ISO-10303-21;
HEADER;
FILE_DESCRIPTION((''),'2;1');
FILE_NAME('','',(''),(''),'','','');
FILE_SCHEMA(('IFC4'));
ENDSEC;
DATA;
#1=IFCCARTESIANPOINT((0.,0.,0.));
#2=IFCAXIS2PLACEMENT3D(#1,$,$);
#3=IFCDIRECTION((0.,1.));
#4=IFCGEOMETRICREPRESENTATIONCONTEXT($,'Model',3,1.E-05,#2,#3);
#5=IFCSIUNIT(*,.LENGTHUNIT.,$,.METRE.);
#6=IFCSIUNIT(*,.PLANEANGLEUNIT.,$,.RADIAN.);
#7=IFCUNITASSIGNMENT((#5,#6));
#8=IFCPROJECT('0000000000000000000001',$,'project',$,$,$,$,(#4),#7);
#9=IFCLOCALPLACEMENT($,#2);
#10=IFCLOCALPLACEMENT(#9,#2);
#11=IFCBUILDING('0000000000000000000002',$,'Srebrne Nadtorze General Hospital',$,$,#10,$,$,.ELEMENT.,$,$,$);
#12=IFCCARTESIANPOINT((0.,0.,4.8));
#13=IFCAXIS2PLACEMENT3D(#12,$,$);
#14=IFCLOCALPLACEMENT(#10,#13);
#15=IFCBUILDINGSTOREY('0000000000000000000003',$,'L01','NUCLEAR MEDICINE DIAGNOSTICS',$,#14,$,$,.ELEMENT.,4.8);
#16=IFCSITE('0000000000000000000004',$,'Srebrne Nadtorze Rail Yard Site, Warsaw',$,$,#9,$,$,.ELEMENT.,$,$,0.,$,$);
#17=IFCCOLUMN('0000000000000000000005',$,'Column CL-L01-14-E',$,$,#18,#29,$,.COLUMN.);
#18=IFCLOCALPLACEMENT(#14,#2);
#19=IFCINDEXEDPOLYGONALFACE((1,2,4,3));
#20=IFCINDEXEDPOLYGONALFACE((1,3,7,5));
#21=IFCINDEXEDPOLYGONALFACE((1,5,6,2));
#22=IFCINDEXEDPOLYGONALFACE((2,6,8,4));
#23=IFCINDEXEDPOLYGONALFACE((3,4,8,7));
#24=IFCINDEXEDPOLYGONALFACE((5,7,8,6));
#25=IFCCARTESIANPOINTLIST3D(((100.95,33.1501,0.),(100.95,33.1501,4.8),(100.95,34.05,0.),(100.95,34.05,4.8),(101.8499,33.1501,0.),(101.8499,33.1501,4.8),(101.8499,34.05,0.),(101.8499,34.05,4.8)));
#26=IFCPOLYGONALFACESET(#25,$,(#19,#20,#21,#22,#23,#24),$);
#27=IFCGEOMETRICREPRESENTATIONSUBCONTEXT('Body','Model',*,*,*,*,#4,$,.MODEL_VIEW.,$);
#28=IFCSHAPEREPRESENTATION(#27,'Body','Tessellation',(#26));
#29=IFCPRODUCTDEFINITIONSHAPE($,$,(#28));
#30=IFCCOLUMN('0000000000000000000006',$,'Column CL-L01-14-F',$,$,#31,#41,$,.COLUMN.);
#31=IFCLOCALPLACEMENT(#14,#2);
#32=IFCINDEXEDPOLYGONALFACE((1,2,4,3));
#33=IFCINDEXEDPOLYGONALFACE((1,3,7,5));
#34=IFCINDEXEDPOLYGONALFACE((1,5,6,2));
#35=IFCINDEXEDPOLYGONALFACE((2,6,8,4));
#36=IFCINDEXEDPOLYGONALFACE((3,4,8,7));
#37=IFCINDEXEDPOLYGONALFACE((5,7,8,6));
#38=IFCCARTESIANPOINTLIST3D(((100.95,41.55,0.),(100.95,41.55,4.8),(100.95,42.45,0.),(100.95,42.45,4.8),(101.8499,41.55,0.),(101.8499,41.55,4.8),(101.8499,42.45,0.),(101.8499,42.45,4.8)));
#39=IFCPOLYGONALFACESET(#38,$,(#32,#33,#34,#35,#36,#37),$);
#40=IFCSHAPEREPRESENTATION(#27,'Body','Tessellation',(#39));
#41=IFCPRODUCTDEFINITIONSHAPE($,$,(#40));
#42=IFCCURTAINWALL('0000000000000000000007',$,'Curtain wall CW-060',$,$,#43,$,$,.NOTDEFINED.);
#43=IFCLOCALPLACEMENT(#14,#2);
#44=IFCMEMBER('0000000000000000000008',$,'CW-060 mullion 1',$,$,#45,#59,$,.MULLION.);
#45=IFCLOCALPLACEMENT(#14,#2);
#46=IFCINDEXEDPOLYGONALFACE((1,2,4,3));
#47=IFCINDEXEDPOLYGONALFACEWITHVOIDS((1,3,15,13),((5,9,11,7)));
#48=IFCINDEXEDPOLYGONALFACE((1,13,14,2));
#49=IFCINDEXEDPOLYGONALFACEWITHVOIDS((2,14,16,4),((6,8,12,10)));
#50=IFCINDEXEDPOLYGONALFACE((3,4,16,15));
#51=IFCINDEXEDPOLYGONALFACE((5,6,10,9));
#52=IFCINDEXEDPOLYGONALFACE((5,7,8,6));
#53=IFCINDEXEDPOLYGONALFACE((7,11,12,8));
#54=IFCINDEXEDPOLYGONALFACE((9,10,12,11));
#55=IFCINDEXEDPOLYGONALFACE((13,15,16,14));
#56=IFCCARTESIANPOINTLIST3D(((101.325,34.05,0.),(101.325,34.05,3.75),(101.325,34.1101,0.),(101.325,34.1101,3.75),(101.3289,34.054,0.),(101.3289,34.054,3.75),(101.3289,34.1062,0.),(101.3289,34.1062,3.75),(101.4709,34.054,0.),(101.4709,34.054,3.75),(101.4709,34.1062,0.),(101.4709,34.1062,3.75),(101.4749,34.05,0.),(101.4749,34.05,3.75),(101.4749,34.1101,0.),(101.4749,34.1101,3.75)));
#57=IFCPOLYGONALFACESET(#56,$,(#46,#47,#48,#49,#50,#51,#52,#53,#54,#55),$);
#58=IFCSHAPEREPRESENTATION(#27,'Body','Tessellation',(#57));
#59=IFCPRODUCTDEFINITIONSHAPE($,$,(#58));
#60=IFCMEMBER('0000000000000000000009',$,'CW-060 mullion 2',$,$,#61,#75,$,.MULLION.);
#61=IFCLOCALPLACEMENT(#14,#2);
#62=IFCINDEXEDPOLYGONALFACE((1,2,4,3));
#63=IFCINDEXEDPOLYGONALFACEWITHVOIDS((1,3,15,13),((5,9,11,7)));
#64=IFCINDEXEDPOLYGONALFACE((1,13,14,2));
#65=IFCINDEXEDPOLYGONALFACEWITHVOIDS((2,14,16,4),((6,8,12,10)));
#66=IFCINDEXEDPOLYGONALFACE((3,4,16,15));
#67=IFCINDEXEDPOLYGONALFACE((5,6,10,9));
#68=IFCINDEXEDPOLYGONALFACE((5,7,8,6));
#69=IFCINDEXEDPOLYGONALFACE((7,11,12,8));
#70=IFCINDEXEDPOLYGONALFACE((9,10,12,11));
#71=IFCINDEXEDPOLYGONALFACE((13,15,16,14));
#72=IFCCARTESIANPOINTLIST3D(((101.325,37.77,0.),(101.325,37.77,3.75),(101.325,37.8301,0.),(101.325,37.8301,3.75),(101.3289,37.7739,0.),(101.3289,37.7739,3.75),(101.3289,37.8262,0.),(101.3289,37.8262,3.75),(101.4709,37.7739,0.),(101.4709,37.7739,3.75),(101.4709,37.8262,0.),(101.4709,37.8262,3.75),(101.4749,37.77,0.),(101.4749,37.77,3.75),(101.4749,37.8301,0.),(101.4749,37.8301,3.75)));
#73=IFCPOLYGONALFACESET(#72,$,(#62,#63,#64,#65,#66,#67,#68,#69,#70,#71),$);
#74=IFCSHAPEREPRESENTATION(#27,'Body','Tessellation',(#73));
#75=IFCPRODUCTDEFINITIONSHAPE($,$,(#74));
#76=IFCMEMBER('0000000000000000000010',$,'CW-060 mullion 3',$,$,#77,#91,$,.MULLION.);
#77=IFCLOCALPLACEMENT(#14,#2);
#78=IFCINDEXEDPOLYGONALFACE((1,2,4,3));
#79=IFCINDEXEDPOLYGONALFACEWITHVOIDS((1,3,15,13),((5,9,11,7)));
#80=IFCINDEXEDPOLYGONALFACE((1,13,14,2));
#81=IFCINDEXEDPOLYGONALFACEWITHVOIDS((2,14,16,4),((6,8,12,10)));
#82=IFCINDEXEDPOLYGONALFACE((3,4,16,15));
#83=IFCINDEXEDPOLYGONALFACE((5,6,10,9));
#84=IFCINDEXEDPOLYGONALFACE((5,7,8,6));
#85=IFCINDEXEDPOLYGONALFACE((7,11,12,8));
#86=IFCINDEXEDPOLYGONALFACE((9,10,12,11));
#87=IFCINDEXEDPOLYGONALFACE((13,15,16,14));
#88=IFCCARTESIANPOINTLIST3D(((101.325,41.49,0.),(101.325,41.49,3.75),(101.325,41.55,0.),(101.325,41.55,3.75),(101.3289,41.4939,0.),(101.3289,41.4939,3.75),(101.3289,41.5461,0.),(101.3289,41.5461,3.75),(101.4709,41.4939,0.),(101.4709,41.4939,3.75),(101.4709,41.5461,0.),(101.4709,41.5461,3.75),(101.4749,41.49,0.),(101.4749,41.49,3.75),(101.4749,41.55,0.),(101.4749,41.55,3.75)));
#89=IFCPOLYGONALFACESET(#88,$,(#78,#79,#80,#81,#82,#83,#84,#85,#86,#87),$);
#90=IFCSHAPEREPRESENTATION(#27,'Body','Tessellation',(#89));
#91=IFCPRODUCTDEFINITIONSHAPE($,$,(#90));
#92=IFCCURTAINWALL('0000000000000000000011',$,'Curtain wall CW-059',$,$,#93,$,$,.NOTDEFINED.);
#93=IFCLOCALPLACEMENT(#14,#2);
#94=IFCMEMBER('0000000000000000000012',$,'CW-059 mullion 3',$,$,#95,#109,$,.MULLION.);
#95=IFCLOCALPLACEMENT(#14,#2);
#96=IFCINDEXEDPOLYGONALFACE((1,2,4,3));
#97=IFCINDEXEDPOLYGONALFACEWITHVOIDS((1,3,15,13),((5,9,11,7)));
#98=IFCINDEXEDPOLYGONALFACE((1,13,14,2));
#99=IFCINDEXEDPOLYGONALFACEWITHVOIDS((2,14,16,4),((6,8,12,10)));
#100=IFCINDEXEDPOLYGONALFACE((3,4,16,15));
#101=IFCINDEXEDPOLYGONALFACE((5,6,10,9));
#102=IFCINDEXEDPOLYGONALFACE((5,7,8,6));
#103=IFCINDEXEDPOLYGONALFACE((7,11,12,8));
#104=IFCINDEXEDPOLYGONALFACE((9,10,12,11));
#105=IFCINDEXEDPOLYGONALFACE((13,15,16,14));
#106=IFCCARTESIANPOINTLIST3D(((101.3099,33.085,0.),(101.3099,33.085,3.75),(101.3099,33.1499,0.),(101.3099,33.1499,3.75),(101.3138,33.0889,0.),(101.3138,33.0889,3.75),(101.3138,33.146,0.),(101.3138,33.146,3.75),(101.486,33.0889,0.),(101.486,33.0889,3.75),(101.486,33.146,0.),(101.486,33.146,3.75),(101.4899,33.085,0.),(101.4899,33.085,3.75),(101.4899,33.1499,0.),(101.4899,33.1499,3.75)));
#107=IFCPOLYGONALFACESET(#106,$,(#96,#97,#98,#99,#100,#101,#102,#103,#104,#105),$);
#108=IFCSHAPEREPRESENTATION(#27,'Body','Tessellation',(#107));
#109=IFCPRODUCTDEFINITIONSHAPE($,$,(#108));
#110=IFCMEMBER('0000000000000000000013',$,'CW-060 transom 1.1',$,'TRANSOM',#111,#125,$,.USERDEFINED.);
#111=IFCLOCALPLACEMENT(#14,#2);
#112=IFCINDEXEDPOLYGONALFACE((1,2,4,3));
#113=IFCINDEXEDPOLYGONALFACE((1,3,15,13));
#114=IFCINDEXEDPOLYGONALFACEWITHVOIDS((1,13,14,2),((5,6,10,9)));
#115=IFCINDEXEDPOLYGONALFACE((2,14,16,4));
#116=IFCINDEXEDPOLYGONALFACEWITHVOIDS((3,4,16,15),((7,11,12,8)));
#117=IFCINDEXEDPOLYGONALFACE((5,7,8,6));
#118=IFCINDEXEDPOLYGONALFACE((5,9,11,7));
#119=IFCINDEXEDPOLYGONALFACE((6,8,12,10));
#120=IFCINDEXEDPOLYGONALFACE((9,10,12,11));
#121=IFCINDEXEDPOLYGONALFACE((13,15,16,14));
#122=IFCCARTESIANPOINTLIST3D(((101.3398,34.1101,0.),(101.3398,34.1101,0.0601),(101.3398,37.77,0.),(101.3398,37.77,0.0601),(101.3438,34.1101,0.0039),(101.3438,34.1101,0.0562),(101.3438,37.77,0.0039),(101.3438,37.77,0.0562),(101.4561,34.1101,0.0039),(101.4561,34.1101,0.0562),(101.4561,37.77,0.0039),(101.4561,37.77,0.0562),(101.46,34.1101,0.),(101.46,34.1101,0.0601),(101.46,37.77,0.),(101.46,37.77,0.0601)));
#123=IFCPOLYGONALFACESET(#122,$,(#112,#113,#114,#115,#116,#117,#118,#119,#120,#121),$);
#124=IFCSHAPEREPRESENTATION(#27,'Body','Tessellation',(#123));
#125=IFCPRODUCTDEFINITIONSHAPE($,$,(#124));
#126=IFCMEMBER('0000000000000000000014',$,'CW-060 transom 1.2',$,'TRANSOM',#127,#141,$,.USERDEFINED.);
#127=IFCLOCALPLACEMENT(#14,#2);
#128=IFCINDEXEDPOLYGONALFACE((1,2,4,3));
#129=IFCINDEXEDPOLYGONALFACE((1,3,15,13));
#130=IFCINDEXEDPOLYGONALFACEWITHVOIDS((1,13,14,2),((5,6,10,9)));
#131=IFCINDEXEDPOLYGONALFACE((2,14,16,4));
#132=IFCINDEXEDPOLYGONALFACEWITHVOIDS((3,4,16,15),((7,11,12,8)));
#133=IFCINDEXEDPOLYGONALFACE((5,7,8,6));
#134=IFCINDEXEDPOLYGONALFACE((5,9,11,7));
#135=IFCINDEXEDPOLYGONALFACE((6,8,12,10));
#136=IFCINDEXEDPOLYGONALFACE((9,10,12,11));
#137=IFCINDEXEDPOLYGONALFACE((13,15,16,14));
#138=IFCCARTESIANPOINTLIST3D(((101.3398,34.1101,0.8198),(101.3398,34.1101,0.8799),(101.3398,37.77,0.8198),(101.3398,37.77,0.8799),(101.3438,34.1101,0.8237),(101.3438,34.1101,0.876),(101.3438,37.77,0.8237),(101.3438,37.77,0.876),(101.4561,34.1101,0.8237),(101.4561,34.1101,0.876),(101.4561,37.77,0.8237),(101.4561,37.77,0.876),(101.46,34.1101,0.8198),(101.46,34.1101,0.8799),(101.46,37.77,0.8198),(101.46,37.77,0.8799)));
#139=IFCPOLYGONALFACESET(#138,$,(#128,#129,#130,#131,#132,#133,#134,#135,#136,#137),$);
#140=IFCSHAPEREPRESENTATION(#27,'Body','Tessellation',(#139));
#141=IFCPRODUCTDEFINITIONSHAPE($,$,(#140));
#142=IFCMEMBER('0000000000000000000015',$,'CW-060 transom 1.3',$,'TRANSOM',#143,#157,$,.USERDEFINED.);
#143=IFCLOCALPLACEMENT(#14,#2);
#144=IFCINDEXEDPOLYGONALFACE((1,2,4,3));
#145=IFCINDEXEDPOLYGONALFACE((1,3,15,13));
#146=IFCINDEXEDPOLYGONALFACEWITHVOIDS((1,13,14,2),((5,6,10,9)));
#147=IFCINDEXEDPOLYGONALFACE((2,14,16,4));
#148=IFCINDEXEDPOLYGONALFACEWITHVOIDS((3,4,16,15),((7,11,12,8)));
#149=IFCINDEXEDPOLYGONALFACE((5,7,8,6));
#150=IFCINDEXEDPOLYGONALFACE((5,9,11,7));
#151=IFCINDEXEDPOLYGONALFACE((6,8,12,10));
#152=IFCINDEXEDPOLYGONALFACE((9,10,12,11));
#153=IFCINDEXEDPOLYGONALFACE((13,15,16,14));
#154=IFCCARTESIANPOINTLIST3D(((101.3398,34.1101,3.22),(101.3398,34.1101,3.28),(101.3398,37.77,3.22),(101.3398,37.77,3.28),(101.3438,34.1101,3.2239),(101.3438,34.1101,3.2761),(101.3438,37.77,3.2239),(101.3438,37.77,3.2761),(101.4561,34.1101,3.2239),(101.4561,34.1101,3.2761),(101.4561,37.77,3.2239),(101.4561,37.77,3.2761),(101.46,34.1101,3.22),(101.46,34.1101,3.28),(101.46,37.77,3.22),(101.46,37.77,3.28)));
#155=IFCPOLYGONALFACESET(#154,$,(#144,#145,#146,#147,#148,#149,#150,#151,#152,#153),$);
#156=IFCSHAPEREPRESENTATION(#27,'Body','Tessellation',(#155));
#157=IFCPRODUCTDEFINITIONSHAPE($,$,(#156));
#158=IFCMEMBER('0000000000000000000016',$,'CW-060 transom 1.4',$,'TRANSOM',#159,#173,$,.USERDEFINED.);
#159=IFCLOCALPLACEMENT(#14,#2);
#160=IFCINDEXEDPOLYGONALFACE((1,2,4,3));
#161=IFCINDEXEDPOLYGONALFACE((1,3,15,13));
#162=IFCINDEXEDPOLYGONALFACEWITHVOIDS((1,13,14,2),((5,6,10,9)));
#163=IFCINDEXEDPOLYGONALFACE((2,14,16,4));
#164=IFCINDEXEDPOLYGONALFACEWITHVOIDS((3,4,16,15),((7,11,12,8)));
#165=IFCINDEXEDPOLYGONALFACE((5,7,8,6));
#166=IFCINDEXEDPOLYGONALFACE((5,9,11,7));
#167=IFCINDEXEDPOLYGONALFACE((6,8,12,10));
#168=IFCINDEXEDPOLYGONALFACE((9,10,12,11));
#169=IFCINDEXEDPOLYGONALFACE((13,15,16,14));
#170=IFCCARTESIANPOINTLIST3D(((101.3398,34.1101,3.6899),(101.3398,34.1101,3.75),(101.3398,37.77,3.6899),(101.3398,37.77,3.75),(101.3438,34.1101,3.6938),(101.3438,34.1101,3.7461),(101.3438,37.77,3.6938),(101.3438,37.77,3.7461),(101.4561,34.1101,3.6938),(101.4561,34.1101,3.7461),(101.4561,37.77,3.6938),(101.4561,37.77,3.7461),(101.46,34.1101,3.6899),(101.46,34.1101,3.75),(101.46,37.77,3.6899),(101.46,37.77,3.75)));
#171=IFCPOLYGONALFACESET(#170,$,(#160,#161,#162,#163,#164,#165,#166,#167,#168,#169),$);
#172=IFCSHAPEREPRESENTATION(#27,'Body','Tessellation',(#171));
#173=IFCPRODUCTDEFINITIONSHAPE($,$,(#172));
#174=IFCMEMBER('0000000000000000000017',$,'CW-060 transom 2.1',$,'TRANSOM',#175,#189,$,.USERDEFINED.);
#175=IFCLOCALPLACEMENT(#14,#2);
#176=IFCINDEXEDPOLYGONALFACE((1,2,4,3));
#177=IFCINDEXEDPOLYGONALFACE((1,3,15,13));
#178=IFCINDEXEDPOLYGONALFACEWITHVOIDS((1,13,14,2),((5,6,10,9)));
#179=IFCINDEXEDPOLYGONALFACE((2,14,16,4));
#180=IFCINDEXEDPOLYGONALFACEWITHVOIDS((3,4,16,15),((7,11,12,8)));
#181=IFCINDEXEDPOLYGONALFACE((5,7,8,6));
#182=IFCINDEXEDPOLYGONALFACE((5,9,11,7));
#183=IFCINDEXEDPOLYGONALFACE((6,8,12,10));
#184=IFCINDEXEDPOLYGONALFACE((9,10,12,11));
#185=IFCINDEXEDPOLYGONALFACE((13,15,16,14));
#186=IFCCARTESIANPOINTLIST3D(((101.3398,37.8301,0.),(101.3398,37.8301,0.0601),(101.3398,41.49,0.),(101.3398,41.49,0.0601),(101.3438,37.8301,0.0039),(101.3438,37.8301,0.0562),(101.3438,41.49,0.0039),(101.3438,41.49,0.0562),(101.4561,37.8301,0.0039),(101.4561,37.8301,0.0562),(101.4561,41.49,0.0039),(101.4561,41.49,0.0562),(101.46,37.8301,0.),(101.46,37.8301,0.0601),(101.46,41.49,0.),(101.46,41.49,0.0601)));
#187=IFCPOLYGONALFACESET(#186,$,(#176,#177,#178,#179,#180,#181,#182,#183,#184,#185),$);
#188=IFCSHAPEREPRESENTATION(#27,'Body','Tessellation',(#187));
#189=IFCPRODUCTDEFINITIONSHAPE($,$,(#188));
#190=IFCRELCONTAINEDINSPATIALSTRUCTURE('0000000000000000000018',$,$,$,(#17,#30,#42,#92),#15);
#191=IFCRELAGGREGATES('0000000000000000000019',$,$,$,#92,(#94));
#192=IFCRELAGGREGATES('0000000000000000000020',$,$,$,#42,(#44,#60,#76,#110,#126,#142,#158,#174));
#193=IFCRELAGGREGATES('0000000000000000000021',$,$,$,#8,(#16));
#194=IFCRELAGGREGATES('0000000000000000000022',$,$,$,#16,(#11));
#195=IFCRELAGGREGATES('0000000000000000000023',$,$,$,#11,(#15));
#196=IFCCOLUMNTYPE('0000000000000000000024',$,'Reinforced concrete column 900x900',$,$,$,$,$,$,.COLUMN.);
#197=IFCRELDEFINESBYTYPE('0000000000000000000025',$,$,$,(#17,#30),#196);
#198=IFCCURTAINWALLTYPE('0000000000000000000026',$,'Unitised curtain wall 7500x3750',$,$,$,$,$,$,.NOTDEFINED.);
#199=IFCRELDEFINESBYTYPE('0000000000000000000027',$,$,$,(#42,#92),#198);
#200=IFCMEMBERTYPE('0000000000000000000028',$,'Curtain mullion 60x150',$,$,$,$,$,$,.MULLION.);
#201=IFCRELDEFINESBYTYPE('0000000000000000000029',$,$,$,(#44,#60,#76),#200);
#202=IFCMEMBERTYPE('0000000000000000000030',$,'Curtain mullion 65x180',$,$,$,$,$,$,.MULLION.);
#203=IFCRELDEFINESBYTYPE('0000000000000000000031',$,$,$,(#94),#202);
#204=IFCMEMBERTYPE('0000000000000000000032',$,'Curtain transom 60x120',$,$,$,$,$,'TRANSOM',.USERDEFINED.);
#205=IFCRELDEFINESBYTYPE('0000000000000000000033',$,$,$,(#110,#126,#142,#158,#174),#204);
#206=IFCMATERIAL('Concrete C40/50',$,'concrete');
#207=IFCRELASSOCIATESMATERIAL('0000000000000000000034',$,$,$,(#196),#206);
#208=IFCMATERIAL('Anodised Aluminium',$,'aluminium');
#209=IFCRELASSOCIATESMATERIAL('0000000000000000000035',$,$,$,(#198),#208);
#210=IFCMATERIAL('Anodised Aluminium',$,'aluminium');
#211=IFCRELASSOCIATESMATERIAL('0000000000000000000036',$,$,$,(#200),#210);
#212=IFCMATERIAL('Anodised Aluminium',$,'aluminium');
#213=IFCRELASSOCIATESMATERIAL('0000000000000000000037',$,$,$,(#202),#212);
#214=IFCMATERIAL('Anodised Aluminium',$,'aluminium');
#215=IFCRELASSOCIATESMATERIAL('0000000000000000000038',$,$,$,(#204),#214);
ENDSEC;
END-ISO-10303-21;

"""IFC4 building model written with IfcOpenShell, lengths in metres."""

from ifc_helpers import new_model, si_unit, direction, frame, origin, origin_2d, place, context, subcontext, project, spatial, rectangle, hollow_rectangle, extrude, material, material_profile, profile_set, type_object, element, aggregate, save


model = new_model("IFC4")

# Units and contexts
model_context = context("Model", 3, precision=1e-05, world=origin(), true_north=direction((0.0, 1.0)))
body_context = subcontext(model_context, "Body", "Model", "MODEL_VIEW")
ifc_project = project(units=[si_unit("LENGTHUNIT", "METRE"), si_unit("PLANEANGLEUNIT", "RADIAN")], contexts=[model_context])

# Site, building, storey
site_placement = place(None, origin())
site = spatial("IfcSite", under=ifc_project, at=site_placement, Name="Srebrne Nadtorze Rail Yard Site, Warsaw", CompositionType="ELEMENT", RefElevation=0.0)
building_placement = place(site_placement, origin())
building = spatial("IfcBuilding", under=site, at=building_placement, Name="Srebrne Nadtorze General Hospital", CompositionType="ELEMENT")
storey_placement = place(building_placement, frame((0.0, 0.0, 4.8)))
storey = spatial("IfcBuildingStorey", under=building, at=storey_placement, Name="L01", Description="NUCLEAR MEDICINE DIAGNOSTICS", CompositionType="ELEMENT", Elevation=4.8)

# Columns
ifc_material_1 = material(Name="Concrete C40/50", Category="concrete")
ifc_material_profile_1 = material_profile(ifc_material_1, rectangle(XDim=0.8999, YDim=0.8999, at=origin_2d()), Name="RC-COL-900x900")
ifc_profile_set_1 = profile_set([ifc_material_profile_1], Name="Concrete C40/50")
column_type = type_object("IfcColumnType", Name="Reinforced concrete column 900x900", PredefinedType="COLUMN", material=ifc_profile_set_1)
for number, where, z_axis, x_axis, name in (
    (1, (101.3999, 33.6001, 0.0), (0.0, 0.0, 1.0), (1.0, 0.0, 0.0), "Column CL-L01-14-E"),
    (2, (101.3999, 42.0, 0.0), (0.0, 0.0, 1.0), (1.0, 0.0, 0.0), "Column CL-L01-14-F"),
):
    element("IfcColumn", number, at=place(storey_placement, frame(where, z_axis=z_axis, x_axis=x_axis)), inside=storey, type_object=column_type, Name=name, PredefinedType="COLUMN", context=body_context, shape_type="SweptSolid", body=[
        extrude(rectangle(XDim=0.8999, YDim=0.8999, at=origin_2d()), origin(), (0.0, 0.0, 1.0), 4.8),
    ])

# Curtain wall, members
ifc_material_2 = material(Name="Anodised Aluminium", Category="aluminium")
curtain_wall_type = type_object("IfcCurtainWallType", Name="Unitised curtain wall 7500x3750", PredefinedType="NOTDEFINED", material=ifc_material_2)
curtain_wall_1_placement = place(storey_placement, origin())
curtain_wall_1 = element("IfcCurtainWall", 3, at=curtain_wall_1_placement, inside=storey, type_object=curtain_wall_type, Name="Curtain wall CW-060", PredefinedType="NOTDEFINED")
ifc_material_3 = material(Name="Anodised Aluminium", Category="aluminium")
ifc_material_profile_2 = material_profile(ifc_material_3, hollow_rectangle(XDim=0.0601, YDim=0.1499, WallThickness=0.0039, at=origin_2d()), Name="AL-MUL-60x150")
ifc_profile_set_2 = profile_set([ifc_material_profile_2], Name="Anodised Aluminium")
member_type_1 = type_object("IfcMemberType", Name="Curtain mullion 60x150", PredefinedType="MULLION", material=ifc_profile_set_2)
member_1_placement = place(storey_placement, frame((101.3999, 34.0801, 0.0), z_axis=(0.0, 0.0, 1.0), x_axis=(0.0, 1.0, 0.0)))
member_1 = element("IfcMember", 4, at=member_1_placement, type_object=member_type_1, Name="CW-060 mullion 1", PredefinedType="MULLION", context=body_context, shape_type="SweptSolid", body=[
    extrude(hollow_rectangle(XDim=0.0601, YDim=0.1499, WallThickness=0.0039, at=origin_2d()), origin(), (0.0, 0.0, 1.0), 3.75),
])
member_2_placement = place(storey_placement, frame((101.3999, 37.8, 0.0), z_axis=(0.0, 0.0, 1.0), x_axis=(0.0, 1.0, 0.0)))
member_2 = element("IfcMember", 5, at=member_2_placement, type_object=member_type_1, Name="CW-060 mullion 2", PredefinedType="MULLION", context=body_context, shape_type="SweptSolid", body=[
    extrude(hollow_rectangle(XDim=0.0601, YDim=0.1499, WallThickness=0.0039, at=origin_2d()), origin(), (0.0, 0.0, 1.0), 3.75),
])
member_3_placement = place(storey_placement, frame((101.3999, 41.52, 0.0), z_axis=(0.0, 0.0, 1.0), x_axis=(0.0, 1.0, 0.0)))
member_3 = element("IfcMember", 6, at=member_3_placement, type_object=member_type_1, Name="CW-060 mullion 3", PredefinedType="MULLION", context=body_context, shape_type="SweptSolid", body=[
    extrude(hollow_rectangle(XDim=0.0601, YDim=0.1499, WallThickness=0.0039, at=origin_2d()), origin(), (0.0, 0.0, 1.0), 3.75),
])

# Curtain wall, member
curtain_wall_2_placement = place(storey_placement, origin())
curtain_wall_2 = element("IfcCurtainWall", 7, at=curtain_wall_2_placement, inside=storey, type_object=curtain_wall_type, Name="Curtain wall CW-059", PredefinedType="NOTDEFINED")
ifc_material_4 = material(Name="Anodised Aluminium", Category="aluminium")
ifc_material_profile_3 = material_profile(ifc_material_4, hollow_rectangle(XDim=0.0649, YDim=0.1799, WallThickness=0.0039, at=origin_2d()), Name="AL-MUL-65x180")
ifc_profile_set_3 = profile_set([ifc_material_profile_3], Name="Anodised Aluminium")
member_type_2 = type_object("IfcMemberType", Name="Curtain mullion 65x180", PredefinedType="MULLION", material=ifc_profile_set_3)
member_4_placement = place(storey_placement, frame((101.3999, 33.1174, 0.0), z_axis=(0.0, 0.0, 1.0), x_axis=(0.0, 1.0, 0.0)))
member_4 = element("IfcMember", 8, at=member_4_placement, type_object=member_type_2, Name="CW-059 mullion 3", PredefinedType="MULLION", context=body_context, shape_type="SweptSolid", body=[
    extrude(hollow_rectangle(XDim=0.0649, YDim=0.1799, WallThickness=0.0039, at=origin_2d()), origin(), (0.0, 0.0, 1.0), 3.75),
])

# Members
ifc_material_5 = material(Name="Anodised Aluminium", Category="aluminium")
ifc_material_profile_4 = material_profile(ifc_material_5, hollow_rectangle(XDim=0.0601, YDim=0.1201, WallThickness=0.0039, at=origin_2d()), Name="AL-TRN-60x120")
ifc_profile_set_4 = profile_set([ifc_material_profile_4], Name="Anodised Aluminium")
member_type_3 = type_object("IfcMemberType", Name="Curtain transom 60x120", ElementType="TRANSOM", PredefinedType="USERDEFINED", material=ifc_profile_set_4)
member_5_placement = place(storey_placement, frame((101.3999, 34.1101, 0.03), z_axis=(0.0, 1.0, 0.0), x_axis=(0.0, 0.0, 1.0)))
member_5 = element("IfcMember", 9, at=member_5_placement, type_object=member_type_3, Name="CW-060 transom 1.1", ObjectType="TRANSOM", PredefinedType="USERDEFINED", context=body_context, shape_type="SweptSolid", body=[
    extrude(hollow_rectangle(XDim=0.0601, YDim=0.1201, WallThickness=0.0039, at=origin_2d()), origin(), (0.0, 0.0, 1.0), 3.6599),
])
member_6_placement = place(storey_placement, frame((101.3999, 34.1101, 0.8499), z_axis=(0.0, 1.0, 0.0), x_axis=(0.0, 0.0, 1.0)))
member_6 = element("IfcMember", 10, at=member_6_placement, type_object=member_type_3, Name="CW-060 transom 1.2", ObjectType="TRANSOM", PredefinedType="USERDEFINED", context=body_context, shape_type="SweptSolid", body=[
    extrude(hollow_rectangle(XDim=0.0601, YDim=0.1201, WallThickness=0.0039, at=origin_2d()), origin(), (0.0, 0.0, 1.0), 3.6599),
])
member_7_placement = place(storey_placement, frame((101.3999, 34.1101, 3.25), z_axis=(0.0, 1.0, 0.0), x_axis=(0.0, 0.0, 1.0)))
member_7 = element("IfcMember", 11, at=member_7_placement, type_object=member_type_3, Name="CW-060 transom 1.3", ObjectType="TRANSOM", PredefinedType="USERDEFINED", context=body_context, shape_type="SweptSolid", body=[
    extrude(hollow_rectangle(XDim=0.0601, YDim=0.1201, WallThickness=0.0039, at=origin_2d()), origin(), (0.0, 0.0, 1.0), 3.6599),
])
member_8_placement = place(storey_placement, frame((101.3999, 34.1101, 3.72), z_axis=(0.0, 1.0, 0.0), x_axis=(0.0, 0.0, 1.0)))
member_8 = element("IfcMember", 12, at=member_8_placement, type_object=member_type_3, Name="CW-060 transom 1.4", ObjectType="TRANSOM", PredefinedType="USERDEFINED", context=body_context, shape_type="SweptSolid", body=[
    extrude(hollow_rectangle(XDim=0.0601, YDim=0.1201, WallThickness=0.0039, at=origin_2d()), origin(), (0.0, 0.0, 1.0), 3.6599),
])
member_9_placement = place(storey_placement, frame((101.3999, 37.8301, 0.03), z_axis=(0.0, 1.0, 0.0), x_axis=(0.0, 0.0, 1.0)))
member_9 = element("IfcMember", 13, at=member_9_placement, type_object=member_type_3, Name="CW-060 transom 2.1", ObjectType="TRANSOM", PredefinedType="USERDEFINED", context=body_context, shape_type="SweptSolid", body=[
    extrude(hollow_rectangle(XDim=0.0601, YDim=0.1201, WallThickness=0.0039, at=origin_2d()), origin(), (0.0, 0.0, 1.0), 3.6599),
])

aggregate(curtain_wall_2, [member_4])
aggregate(curtain_wall_1, [member_1, member_2, member_3, member_5, member_6, member_7, member_8, member_9])

save(model, "model.ifc")
